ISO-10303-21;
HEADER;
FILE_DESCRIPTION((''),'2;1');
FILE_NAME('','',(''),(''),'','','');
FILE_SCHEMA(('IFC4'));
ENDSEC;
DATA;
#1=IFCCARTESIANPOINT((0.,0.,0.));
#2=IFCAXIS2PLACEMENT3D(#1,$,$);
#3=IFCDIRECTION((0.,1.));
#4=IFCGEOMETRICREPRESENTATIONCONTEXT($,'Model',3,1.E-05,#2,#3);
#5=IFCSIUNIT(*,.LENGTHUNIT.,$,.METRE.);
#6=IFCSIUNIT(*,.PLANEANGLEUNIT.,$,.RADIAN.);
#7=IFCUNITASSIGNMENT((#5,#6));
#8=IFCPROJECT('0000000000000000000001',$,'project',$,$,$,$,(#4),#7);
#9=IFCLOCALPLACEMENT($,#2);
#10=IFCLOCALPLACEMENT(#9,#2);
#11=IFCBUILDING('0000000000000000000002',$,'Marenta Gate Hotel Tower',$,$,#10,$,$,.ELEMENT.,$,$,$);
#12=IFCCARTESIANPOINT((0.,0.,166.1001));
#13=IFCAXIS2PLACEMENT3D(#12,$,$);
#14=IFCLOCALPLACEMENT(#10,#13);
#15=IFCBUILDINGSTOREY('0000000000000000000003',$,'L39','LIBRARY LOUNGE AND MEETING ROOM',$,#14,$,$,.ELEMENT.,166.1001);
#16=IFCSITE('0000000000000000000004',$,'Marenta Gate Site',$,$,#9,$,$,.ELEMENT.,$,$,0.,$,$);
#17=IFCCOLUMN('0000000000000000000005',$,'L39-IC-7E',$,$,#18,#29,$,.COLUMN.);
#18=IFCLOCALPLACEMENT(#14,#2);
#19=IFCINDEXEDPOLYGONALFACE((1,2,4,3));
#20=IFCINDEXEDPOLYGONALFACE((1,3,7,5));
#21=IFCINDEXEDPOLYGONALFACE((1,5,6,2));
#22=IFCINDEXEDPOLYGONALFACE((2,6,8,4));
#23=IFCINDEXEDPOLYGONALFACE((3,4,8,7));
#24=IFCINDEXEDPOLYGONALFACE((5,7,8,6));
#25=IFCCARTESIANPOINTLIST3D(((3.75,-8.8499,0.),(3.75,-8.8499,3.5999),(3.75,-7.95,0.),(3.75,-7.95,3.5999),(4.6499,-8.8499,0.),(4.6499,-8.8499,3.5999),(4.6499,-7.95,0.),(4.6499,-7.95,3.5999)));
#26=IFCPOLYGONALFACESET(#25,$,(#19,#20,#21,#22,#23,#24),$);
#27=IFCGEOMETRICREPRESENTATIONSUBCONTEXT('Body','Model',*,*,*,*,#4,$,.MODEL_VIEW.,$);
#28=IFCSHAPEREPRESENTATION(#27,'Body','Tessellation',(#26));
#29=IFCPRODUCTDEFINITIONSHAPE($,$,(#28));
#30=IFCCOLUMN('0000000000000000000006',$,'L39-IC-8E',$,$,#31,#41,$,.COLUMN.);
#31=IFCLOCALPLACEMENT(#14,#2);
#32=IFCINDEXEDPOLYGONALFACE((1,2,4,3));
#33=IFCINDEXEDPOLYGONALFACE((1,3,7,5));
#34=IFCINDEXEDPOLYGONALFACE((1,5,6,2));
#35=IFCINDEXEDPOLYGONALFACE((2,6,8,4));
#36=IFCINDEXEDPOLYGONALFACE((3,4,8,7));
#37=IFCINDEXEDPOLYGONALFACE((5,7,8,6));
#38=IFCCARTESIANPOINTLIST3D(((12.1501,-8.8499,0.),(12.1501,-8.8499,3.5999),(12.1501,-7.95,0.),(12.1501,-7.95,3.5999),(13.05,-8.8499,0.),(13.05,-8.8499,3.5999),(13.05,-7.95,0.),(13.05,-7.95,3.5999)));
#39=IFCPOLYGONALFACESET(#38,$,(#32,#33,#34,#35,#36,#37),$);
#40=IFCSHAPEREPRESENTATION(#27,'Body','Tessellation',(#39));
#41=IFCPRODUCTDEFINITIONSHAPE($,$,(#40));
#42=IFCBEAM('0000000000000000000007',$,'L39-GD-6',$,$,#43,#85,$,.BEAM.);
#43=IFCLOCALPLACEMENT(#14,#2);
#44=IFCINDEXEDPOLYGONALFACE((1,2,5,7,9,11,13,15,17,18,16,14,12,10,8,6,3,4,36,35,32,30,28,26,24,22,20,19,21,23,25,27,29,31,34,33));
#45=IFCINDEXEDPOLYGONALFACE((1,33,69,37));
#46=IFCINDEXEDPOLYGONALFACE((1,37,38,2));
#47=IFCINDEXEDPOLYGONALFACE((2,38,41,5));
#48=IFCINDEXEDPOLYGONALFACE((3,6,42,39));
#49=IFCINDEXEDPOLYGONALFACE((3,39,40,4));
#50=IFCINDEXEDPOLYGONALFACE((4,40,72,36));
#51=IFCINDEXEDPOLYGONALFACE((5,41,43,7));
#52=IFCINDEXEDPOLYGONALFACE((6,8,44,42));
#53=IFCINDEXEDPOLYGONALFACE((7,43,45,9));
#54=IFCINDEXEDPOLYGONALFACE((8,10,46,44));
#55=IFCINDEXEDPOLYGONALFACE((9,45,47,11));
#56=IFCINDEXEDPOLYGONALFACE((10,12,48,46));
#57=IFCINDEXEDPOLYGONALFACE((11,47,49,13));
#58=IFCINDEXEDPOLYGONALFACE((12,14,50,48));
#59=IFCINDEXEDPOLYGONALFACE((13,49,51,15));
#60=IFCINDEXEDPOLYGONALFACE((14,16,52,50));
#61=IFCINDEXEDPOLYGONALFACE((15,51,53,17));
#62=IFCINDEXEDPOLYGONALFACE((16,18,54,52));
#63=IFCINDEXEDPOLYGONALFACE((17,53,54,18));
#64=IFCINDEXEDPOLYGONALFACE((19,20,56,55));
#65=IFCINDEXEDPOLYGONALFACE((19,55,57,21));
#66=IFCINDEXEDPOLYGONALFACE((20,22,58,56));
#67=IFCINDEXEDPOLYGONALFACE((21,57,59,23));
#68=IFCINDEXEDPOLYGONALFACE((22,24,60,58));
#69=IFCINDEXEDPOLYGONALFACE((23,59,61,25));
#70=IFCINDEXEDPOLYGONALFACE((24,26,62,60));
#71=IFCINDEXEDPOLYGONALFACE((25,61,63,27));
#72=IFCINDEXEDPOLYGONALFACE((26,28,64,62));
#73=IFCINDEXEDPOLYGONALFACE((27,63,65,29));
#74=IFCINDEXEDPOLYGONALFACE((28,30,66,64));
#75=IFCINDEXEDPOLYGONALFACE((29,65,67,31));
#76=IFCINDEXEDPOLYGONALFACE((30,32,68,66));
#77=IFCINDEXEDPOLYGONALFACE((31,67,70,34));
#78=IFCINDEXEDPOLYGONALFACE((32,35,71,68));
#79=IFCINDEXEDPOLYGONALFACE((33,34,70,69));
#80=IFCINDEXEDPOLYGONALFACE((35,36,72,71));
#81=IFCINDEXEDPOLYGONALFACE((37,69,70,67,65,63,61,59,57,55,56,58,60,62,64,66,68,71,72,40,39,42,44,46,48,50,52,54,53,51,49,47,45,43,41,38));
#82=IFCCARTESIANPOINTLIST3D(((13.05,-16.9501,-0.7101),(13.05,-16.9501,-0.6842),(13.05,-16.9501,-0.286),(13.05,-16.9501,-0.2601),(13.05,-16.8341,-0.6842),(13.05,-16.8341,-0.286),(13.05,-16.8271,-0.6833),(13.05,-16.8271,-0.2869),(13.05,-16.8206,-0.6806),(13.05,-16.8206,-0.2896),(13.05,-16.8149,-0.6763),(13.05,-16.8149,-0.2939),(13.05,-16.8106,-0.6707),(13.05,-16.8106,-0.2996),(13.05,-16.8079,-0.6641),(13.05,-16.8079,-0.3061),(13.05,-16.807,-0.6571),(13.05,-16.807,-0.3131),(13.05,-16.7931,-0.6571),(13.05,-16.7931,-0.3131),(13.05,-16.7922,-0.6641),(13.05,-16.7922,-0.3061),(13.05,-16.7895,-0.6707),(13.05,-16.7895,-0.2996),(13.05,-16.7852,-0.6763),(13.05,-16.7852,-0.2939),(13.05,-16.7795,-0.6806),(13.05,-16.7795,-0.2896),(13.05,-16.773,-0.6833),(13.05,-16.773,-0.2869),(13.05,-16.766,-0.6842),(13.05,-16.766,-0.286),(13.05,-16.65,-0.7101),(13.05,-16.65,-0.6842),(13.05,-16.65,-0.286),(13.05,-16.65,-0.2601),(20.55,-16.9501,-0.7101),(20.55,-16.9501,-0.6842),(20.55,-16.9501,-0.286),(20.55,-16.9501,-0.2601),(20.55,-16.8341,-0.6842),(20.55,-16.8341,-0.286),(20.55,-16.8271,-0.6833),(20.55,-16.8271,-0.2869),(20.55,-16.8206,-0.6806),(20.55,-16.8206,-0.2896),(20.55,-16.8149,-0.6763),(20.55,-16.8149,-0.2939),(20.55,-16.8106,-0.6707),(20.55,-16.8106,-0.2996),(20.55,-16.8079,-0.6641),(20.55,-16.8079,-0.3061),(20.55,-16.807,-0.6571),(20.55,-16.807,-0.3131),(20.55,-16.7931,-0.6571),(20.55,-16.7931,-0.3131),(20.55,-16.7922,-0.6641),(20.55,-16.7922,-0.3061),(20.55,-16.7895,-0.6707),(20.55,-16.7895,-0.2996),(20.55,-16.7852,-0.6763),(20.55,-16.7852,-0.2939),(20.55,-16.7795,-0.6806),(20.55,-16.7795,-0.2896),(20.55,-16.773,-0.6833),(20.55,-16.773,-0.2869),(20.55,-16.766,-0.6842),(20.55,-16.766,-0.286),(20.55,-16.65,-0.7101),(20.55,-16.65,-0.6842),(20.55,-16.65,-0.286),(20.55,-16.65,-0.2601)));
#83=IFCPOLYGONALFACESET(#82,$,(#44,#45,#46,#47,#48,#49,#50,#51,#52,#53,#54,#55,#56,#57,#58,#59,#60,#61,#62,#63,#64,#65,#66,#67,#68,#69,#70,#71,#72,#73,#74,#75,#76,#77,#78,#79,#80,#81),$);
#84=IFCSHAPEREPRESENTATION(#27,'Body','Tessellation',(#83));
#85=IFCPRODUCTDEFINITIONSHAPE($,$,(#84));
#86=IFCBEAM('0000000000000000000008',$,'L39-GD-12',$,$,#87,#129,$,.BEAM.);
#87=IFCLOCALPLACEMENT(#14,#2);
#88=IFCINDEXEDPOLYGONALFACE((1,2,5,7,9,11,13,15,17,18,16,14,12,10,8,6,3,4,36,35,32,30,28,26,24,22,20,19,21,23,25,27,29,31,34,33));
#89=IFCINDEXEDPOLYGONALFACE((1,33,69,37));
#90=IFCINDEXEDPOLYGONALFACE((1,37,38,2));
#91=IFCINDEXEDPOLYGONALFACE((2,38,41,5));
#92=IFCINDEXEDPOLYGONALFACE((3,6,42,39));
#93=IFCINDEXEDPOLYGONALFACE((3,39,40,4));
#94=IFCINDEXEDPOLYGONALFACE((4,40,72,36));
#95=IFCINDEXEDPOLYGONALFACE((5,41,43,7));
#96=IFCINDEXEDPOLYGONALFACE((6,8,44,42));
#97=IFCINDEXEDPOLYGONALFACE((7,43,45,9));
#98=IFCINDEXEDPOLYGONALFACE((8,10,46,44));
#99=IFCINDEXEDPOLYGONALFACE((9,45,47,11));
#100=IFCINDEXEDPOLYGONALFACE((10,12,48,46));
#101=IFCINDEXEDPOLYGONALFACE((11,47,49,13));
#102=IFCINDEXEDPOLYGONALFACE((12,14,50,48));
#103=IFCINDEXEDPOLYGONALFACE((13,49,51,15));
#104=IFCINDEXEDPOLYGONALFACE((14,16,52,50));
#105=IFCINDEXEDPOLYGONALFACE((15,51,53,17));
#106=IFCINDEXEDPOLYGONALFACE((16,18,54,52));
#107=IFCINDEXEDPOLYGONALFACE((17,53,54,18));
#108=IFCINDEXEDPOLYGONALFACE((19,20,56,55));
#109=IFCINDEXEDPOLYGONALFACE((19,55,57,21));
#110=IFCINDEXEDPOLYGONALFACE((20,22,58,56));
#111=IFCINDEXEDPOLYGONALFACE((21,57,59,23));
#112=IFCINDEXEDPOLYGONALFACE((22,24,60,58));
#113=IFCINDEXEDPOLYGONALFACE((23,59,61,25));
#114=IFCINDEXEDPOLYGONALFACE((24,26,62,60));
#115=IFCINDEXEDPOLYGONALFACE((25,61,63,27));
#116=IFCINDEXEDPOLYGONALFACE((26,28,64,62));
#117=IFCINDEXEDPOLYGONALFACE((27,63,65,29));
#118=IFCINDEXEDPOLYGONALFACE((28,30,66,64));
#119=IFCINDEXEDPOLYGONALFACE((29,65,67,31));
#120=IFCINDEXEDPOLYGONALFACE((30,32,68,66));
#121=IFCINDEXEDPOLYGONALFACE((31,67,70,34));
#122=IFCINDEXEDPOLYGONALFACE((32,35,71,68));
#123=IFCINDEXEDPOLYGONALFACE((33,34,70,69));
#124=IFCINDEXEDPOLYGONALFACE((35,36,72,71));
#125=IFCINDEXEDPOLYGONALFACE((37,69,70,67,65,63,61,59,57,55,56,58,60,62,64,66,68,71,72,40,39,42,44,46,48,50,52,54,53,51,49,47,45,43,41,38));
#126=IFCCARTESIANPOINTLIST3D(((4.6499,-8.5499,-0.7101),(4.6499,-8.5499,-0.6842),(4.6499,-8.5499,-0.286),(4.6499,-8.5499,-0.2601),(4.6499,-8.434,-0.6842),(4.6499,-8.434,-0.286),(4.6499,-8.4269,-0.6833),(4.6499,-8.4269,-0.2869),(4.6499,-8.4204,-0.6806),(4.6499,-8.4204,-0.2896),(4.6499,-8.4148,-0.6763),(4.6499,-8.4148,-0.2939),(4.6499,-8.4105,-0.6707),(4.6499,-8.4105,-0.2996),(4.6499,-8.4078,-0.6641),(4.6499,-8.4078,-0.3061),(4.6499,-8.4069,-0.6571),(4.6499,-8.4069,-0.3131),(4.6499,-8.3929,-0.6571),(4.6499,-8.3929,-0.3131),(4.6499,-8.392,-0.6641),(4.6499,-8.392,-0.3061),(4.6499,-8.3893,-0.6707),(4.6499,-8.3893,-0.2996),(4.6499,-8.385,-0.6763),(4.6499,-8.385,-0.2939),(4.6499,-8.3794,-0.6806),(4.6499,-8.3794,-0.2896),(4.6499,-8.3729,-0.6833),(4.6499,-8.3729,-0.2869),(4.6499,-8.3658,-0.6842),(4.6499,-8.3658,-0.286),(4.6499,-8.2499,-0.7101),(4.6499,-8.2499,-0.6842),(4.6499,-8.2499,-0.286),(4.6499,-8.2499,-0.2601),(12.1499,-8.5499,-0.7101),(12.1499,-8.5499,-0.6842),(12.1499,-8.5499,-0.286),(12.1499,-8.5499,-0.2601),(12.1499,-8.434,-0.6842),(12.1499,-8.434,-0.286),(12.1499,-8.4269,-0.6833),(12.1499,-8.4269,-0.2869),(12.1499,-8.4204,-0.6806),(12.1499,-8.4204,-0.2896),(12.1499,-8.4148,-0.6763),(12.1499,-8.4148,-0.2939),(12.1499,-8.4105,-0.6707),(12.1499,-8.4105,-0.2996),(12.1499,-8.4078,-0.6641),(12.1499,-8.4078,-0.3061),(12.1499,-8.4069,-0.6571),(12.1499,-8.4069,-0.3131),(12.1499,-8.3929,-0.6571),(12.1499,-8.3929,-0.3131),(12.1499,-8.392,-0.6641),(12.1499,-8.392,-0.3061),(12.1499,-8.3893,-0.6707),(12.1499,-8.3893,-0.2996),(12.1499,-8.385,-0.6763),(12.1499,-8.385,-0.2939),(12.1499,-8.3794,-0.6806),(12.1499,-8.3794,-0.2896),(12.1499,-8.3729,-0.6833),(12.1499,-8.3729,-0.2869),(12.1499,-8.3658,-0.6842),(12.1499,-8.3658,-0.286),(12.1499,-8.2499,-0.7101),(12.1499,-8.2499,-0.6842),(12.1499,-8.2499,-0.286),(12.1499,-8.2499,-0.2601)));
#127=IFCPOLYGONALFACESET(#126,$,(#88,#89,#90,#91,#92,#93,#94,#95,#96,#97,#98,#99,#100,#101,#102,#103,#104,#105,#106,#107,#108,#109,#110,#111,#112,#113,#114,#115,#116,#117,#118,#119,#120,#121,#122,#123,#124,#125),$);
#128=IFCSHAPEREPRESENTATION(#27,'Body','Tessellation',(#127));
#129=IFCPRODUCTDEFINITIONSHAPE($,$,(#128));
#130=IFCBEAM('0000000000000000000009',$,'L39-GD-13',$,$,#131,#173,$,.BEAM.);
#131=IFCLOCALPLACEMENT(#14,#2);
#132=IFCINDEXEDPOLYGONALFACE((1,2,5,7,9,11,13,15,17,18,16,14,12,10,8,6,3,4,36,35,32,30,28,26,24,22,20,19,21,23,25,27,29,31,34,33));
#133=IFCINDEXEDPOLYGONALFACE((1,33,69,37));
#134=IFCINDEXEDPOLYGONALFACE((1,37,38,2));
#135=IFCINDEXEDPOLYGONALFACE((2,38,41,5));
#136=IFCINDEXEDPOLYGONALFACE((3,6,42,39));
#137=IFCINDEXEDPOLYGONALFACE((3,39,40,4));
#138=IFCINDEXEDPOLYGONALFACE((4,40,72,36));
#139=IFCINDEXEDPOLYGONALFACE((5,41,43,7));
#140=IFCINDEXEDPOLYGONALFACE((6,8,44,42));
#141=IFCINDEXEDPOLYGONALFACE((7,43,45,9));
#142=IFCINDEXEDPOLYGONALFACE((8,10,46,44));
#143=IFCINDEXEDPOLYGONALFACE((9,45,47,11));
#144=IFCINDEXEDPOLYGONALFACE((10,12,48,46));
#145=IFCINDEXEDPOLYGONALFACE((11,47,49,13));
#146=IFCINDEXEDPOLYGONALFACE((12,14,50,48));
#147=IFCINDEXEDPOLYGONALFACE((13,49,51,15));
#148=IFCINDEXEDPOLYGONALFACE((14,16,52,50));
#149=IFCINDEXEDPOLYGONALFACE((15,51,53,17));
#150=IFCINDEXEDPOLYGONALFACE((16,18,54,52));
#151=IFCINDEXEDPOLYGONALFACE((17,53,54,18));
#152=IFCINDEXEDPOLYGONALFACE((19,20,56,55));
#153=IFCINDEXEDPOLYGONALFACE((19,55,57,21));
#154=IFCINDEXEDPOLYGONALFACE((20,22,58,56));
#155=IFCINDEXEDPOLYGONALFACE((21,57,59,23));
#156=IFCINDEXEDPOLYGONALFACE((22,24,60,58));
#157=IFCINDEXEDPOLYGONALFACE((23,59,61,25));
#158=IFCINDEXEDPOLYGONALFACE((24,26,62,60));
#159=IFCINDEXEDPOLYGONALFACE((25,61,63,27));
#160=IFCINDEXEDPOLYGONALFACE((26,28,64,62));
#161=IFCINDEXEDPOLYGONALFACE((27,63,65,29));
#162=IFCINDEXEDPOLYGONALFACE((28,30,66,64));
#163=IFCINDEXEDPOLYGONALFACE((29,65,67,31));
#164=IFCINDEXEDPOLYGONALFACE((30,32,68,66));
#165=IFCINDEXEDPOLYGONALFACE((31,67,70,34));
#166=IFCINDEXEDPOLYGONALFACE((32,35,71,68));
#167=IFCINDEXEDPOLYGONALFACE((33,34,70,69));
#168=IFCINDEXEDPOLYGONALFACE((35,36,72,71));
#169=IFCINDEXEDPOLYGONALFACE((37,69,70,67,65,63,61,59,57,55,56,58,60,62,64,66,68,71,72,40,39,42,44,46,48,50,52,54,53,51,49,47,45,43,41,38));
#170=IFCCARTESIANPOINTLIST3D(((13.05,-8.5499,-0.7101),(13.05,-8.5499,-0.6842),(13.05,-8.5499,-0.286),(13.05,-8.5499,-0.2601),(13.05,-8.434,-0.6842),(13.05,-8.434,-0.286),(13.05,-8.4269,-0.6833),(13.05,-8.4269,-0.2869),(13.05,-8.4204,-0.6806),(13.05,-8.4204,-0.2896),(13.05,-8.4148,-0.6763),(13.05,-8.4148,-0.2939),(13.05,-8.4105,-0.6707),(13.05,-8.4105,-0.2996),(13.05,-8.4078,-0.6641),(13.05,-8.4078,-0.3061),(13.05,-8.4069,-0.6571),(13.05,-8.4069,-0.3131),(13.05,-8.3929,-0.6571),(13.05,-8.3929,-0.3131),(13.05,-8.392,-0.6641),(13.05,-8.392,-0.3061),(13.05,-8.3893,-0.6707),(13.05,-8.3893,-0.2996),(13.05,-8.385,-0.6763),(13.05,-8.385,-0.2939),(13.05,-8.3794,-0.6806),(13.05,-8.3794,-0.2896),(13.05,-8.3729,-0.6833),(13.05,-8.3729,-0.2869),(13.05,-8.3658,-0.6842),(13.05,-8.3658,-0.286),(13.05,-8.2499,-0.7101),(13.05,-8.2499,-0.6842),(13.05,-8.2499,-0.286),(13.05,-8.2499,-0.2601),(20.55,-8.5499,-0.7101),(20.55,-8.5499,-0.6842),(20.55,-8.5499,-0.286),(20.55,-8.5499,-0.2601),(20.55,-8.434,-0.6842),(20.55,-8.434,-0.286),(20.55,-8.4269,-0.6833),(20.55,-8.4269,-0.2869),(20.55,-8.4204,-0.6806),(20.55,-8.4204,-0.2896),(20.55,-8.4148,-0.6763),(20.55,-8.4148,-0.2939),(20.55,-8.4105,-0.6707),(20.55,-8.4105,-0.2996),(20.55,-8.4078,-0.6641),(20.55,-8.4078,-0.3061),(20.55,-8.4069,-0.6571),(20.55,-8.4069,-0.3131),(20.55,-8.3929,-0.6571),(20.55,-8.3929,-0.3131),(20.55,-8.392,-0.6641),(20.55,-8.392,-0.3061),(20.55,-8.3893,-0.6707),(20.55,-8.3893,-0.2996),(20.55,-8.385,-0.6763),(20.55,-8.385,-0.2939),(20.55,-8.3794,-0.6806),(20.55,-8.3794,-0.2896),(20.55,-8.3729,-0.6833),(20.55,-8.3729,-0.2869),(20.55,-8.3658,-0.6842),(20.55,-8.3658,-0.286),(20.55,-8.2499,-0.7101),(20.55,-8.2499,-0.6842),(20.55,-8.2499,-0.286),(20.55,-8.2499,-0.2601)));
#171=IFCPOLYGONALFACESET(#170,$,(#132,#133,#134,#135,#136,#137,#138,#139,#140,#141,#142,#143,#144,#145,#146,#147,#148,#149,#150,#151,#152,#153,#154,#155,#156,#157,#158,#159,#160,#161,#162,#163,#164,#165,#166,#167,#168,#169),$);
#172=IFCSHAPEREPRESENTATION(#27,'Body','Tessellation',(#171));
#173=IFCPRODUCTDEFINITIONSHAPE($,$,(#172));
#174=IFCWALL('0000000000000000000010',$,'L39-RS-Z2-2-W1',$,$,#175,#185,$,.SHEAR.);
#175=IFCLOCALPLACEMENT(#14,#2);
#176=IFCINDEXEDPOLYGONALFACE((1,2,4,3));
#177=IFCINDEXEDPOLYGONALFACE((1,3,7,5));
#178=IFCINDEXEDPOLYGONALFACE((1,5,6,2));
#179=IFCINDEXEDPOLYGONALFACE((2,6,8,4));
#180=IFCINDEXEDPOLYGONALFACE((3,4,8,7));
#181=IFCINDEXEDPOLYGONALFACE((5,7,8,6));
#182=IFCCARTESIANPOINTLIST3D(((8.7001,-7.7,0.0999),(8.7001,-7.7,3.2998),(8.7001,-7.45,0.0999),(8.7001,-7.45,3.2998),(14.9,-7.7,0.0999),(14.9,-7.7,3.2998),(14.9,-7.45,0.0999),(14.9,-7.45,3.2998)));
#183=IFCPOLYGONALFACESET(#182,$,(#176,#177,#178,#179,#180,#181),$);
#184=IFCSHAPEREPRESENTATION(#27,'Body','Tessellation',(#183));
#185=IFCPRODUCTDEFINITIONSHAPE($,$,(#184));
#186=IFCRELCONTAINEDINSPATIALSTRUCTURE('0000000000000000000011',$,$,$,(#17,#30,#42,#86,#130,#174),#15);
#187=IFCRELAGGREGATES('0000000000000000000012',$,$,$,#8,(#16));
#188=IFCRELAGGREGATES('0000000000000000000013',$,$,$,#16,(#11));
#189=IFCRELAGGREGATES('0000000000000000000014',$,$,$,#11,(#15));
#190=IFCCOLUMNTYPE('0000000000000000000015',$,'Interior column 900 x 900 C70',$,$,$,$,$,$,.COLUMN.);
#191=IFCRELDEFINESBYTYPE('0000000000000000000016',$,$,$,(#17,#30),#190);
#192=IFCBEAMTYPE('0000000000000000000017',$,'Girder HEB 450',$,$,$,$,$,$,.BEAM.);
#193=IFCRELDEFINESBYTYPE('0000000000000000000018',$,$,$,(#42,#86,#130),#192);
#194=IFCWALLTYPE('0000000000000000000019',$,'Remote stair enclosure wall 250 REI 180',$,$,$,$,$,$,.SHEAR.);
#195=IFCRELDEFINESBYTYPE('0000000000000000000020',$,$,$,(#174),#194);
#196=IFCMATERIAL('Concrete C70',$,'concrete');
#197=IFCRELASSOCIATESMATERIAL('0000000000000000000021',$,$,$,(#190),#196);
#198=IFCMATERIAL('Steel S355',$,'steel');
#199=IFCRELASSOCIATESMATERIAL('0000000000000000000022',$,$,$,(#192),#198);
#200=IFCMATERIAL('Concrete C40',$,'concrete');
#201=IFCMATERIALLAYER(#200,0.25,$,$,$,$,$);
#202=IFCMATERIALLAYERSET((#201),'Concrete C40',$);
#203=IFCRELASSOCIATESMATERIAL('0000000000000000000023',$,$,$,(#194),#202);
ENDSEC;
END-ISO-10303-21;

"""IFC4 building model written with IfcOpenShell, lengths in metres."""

from ifc_helpers import new_model, si_unit, direction, frame, frame_2d, origin, origin_2d, place, context, subcontext, project, spatial, rectangle, i_section, extrude, material, layer, layer_set, material_profile, profile_set, type_object, element, save


model = new_model("IFC4")

# Units and contexts
model_context = context("Model", 3, precision=1e-05, world=origin(), true_north=direction((0.0, 1.0)))
body_context = subcontext(model_context, "Body", "Model", "MODEL_VIEW")
ifc_project = project(units=[si_unit("LENGTHUNIT", "METRE"), si_unit("PLANEANGLEUNIT", "RADIAN")], contexts=[model_context])

# Site, building, storey
site_placement = place(None, origin())
site = spatial("IfcSite", under=ifc_project, at=site_placement, Name="Marenta Gate Site", CompositionType="ELEMENT", RefElevation=0.0)
building_placement = place(site_placement, origin())
building = spatial("IfcBuilding", under=site, at=building_placement, Name="Marenta Gate Hotel Tower", CompositionType="ELEMENT")
storey_placement = place(building_placement, frame((0.0, 0.0, 166.1001)))
storey = spatial("IfcBuildingStorey", under=building, at=storey_placement, Name="L39", Description="LIBRARY LOUNGE AND MEETING ROOM", CompositionType="ELEMENT", Elevation=166.1001)

# Columns
ifc_material_1 = material(Name="Concrete C70", Category="concrete")
ifc_material_profile_1 = material_profile(ifc_material_1, rectangle(XDim=0.8999, YDim=0.8999, at=origin_2d()), Name="900 x 900")
ifc_profile_set_1 = profile_set([ifc_material_profile_1], Name="Concrete C70")
column_type = type_object("IfcColumnType", Name="Interior column 900 x 900 C70", PredefinedType="COLUMN", material=ifc_profile_set_1)
for number, where, z_axis, x_axis, name in (
    (1, (4.2, -8.3999, 0.0), (0.0, 0.0, 1.0), (1.0, 0.0, 0.0), "L39-IC-7E"),
    (2, (12.6001, -8.3999, 0.0), (0.0, 0.0, 1.0), (1.0, 0.0, 0.0), "L39-IC-8E"),
):
    element("IfcColumn", number, at=place(storey_placement, frame(where, z_axis=z_axis, x_axis=x_axis)), inside=storey, type_object=column_type, Name=name, PredefinedType="COLUMN", context=body_context, shape_type="SweptSolid", body=[
        extrude(rectangle(XDim=0.8999, YDim=0.8999, at=origin_2d()), origin(), (0.0, 0.0, 1.0), 3.5999),
    ])

# Beams
ifc_material_2 = material(Name="Steel S355", Category="steel")
ifc_material_profile_2 = material_profile(ifc_material_2, i_section(OverallWidth=0.3, OverallDepth=0.45, WebThickness=0.0139, FlangeThickness=0.0259, FilletRadius=0.0271, at=origin_2d()), Name="HEB 450")
ifc_profile_set_2 = profile_set([ifc_material_profile_2], Name="Steel S355")
beam_type = type_object("IfcBeamType", Name="Girder HEB 450", PredefinedType="BEAM", material=ifc_profile_set_2)
for number, where, z_axis, x_axis, name in (
    (3, (13.05, -16.8, -0.4851), (1.0, 0.0, 0.0), (0.0, 1.0, 0.0), "L39-GD-6"),
    (4, (4.6499, -8.3999, -0.4851), (1.0, 0.0, 0.0), (0.0, 1.0, 0.0), "L39-GD-12"),
    (5, (13.05, -8.3999, -0.4851), (1.0, 0.0, 0.0), (0.0, 1.0, 0.0), "L39-GD-13"),
):
    element("IfcBeam", number, at=place(storey_placement, frame(where, z_axis=z_axis, x_axis=x_axis)), inside=storey, type_object=beam_type, Name=name, PredefinedType="BEAM", context=body_context, shape_type="SweptSolid", body=[
        extrude(i_section(OverallWidth=0.3, OverallDepth=0.45, WebThickness=0.0139, FlangeThickness=0.0259, FilletRadius=0.0271, at=origin_2d()), origin(), (0.0, 0.0, 1.0), 7.5),
    ])

# Wall
ifc_material_3 = material(Name="Concrete C40", Category="concrete")
ifc_layer_1 = layer(ifc_material_3, 0.25)
ifc_layer_set_1 = layer_set([ifc_layer_1], Name="Concrete C40")
wall_type_1 = type_object("IfcWallType", Name="Remote stair enclosure wall 250 REI 180", PredefinedType="SHEAR", material=ifc_layer_set_1)
wall_1_placement = place(storey_placement, frame((8.7, -7.575, 0.0999), z_axis=(0.0, 0.0, 1.0), x_axis=(1.0, 0.0, 0.0)))
element("IfcWall", 6, at=wall_1_placement, inside=storey, type_object=wall_type_1, Name="L39-RS-Z2-2-W1", PredefinedType="SHEAR", context=body_context, shape_type="SweptSolid", body=[
    extrude(rectangle(XDim=6.2, YDim=0.25, at=frame_2d((3.1001, 0.0))), origin(), (0.0, 0.0, 1.0), 3.2),
])

save(model, "model.ifc")
